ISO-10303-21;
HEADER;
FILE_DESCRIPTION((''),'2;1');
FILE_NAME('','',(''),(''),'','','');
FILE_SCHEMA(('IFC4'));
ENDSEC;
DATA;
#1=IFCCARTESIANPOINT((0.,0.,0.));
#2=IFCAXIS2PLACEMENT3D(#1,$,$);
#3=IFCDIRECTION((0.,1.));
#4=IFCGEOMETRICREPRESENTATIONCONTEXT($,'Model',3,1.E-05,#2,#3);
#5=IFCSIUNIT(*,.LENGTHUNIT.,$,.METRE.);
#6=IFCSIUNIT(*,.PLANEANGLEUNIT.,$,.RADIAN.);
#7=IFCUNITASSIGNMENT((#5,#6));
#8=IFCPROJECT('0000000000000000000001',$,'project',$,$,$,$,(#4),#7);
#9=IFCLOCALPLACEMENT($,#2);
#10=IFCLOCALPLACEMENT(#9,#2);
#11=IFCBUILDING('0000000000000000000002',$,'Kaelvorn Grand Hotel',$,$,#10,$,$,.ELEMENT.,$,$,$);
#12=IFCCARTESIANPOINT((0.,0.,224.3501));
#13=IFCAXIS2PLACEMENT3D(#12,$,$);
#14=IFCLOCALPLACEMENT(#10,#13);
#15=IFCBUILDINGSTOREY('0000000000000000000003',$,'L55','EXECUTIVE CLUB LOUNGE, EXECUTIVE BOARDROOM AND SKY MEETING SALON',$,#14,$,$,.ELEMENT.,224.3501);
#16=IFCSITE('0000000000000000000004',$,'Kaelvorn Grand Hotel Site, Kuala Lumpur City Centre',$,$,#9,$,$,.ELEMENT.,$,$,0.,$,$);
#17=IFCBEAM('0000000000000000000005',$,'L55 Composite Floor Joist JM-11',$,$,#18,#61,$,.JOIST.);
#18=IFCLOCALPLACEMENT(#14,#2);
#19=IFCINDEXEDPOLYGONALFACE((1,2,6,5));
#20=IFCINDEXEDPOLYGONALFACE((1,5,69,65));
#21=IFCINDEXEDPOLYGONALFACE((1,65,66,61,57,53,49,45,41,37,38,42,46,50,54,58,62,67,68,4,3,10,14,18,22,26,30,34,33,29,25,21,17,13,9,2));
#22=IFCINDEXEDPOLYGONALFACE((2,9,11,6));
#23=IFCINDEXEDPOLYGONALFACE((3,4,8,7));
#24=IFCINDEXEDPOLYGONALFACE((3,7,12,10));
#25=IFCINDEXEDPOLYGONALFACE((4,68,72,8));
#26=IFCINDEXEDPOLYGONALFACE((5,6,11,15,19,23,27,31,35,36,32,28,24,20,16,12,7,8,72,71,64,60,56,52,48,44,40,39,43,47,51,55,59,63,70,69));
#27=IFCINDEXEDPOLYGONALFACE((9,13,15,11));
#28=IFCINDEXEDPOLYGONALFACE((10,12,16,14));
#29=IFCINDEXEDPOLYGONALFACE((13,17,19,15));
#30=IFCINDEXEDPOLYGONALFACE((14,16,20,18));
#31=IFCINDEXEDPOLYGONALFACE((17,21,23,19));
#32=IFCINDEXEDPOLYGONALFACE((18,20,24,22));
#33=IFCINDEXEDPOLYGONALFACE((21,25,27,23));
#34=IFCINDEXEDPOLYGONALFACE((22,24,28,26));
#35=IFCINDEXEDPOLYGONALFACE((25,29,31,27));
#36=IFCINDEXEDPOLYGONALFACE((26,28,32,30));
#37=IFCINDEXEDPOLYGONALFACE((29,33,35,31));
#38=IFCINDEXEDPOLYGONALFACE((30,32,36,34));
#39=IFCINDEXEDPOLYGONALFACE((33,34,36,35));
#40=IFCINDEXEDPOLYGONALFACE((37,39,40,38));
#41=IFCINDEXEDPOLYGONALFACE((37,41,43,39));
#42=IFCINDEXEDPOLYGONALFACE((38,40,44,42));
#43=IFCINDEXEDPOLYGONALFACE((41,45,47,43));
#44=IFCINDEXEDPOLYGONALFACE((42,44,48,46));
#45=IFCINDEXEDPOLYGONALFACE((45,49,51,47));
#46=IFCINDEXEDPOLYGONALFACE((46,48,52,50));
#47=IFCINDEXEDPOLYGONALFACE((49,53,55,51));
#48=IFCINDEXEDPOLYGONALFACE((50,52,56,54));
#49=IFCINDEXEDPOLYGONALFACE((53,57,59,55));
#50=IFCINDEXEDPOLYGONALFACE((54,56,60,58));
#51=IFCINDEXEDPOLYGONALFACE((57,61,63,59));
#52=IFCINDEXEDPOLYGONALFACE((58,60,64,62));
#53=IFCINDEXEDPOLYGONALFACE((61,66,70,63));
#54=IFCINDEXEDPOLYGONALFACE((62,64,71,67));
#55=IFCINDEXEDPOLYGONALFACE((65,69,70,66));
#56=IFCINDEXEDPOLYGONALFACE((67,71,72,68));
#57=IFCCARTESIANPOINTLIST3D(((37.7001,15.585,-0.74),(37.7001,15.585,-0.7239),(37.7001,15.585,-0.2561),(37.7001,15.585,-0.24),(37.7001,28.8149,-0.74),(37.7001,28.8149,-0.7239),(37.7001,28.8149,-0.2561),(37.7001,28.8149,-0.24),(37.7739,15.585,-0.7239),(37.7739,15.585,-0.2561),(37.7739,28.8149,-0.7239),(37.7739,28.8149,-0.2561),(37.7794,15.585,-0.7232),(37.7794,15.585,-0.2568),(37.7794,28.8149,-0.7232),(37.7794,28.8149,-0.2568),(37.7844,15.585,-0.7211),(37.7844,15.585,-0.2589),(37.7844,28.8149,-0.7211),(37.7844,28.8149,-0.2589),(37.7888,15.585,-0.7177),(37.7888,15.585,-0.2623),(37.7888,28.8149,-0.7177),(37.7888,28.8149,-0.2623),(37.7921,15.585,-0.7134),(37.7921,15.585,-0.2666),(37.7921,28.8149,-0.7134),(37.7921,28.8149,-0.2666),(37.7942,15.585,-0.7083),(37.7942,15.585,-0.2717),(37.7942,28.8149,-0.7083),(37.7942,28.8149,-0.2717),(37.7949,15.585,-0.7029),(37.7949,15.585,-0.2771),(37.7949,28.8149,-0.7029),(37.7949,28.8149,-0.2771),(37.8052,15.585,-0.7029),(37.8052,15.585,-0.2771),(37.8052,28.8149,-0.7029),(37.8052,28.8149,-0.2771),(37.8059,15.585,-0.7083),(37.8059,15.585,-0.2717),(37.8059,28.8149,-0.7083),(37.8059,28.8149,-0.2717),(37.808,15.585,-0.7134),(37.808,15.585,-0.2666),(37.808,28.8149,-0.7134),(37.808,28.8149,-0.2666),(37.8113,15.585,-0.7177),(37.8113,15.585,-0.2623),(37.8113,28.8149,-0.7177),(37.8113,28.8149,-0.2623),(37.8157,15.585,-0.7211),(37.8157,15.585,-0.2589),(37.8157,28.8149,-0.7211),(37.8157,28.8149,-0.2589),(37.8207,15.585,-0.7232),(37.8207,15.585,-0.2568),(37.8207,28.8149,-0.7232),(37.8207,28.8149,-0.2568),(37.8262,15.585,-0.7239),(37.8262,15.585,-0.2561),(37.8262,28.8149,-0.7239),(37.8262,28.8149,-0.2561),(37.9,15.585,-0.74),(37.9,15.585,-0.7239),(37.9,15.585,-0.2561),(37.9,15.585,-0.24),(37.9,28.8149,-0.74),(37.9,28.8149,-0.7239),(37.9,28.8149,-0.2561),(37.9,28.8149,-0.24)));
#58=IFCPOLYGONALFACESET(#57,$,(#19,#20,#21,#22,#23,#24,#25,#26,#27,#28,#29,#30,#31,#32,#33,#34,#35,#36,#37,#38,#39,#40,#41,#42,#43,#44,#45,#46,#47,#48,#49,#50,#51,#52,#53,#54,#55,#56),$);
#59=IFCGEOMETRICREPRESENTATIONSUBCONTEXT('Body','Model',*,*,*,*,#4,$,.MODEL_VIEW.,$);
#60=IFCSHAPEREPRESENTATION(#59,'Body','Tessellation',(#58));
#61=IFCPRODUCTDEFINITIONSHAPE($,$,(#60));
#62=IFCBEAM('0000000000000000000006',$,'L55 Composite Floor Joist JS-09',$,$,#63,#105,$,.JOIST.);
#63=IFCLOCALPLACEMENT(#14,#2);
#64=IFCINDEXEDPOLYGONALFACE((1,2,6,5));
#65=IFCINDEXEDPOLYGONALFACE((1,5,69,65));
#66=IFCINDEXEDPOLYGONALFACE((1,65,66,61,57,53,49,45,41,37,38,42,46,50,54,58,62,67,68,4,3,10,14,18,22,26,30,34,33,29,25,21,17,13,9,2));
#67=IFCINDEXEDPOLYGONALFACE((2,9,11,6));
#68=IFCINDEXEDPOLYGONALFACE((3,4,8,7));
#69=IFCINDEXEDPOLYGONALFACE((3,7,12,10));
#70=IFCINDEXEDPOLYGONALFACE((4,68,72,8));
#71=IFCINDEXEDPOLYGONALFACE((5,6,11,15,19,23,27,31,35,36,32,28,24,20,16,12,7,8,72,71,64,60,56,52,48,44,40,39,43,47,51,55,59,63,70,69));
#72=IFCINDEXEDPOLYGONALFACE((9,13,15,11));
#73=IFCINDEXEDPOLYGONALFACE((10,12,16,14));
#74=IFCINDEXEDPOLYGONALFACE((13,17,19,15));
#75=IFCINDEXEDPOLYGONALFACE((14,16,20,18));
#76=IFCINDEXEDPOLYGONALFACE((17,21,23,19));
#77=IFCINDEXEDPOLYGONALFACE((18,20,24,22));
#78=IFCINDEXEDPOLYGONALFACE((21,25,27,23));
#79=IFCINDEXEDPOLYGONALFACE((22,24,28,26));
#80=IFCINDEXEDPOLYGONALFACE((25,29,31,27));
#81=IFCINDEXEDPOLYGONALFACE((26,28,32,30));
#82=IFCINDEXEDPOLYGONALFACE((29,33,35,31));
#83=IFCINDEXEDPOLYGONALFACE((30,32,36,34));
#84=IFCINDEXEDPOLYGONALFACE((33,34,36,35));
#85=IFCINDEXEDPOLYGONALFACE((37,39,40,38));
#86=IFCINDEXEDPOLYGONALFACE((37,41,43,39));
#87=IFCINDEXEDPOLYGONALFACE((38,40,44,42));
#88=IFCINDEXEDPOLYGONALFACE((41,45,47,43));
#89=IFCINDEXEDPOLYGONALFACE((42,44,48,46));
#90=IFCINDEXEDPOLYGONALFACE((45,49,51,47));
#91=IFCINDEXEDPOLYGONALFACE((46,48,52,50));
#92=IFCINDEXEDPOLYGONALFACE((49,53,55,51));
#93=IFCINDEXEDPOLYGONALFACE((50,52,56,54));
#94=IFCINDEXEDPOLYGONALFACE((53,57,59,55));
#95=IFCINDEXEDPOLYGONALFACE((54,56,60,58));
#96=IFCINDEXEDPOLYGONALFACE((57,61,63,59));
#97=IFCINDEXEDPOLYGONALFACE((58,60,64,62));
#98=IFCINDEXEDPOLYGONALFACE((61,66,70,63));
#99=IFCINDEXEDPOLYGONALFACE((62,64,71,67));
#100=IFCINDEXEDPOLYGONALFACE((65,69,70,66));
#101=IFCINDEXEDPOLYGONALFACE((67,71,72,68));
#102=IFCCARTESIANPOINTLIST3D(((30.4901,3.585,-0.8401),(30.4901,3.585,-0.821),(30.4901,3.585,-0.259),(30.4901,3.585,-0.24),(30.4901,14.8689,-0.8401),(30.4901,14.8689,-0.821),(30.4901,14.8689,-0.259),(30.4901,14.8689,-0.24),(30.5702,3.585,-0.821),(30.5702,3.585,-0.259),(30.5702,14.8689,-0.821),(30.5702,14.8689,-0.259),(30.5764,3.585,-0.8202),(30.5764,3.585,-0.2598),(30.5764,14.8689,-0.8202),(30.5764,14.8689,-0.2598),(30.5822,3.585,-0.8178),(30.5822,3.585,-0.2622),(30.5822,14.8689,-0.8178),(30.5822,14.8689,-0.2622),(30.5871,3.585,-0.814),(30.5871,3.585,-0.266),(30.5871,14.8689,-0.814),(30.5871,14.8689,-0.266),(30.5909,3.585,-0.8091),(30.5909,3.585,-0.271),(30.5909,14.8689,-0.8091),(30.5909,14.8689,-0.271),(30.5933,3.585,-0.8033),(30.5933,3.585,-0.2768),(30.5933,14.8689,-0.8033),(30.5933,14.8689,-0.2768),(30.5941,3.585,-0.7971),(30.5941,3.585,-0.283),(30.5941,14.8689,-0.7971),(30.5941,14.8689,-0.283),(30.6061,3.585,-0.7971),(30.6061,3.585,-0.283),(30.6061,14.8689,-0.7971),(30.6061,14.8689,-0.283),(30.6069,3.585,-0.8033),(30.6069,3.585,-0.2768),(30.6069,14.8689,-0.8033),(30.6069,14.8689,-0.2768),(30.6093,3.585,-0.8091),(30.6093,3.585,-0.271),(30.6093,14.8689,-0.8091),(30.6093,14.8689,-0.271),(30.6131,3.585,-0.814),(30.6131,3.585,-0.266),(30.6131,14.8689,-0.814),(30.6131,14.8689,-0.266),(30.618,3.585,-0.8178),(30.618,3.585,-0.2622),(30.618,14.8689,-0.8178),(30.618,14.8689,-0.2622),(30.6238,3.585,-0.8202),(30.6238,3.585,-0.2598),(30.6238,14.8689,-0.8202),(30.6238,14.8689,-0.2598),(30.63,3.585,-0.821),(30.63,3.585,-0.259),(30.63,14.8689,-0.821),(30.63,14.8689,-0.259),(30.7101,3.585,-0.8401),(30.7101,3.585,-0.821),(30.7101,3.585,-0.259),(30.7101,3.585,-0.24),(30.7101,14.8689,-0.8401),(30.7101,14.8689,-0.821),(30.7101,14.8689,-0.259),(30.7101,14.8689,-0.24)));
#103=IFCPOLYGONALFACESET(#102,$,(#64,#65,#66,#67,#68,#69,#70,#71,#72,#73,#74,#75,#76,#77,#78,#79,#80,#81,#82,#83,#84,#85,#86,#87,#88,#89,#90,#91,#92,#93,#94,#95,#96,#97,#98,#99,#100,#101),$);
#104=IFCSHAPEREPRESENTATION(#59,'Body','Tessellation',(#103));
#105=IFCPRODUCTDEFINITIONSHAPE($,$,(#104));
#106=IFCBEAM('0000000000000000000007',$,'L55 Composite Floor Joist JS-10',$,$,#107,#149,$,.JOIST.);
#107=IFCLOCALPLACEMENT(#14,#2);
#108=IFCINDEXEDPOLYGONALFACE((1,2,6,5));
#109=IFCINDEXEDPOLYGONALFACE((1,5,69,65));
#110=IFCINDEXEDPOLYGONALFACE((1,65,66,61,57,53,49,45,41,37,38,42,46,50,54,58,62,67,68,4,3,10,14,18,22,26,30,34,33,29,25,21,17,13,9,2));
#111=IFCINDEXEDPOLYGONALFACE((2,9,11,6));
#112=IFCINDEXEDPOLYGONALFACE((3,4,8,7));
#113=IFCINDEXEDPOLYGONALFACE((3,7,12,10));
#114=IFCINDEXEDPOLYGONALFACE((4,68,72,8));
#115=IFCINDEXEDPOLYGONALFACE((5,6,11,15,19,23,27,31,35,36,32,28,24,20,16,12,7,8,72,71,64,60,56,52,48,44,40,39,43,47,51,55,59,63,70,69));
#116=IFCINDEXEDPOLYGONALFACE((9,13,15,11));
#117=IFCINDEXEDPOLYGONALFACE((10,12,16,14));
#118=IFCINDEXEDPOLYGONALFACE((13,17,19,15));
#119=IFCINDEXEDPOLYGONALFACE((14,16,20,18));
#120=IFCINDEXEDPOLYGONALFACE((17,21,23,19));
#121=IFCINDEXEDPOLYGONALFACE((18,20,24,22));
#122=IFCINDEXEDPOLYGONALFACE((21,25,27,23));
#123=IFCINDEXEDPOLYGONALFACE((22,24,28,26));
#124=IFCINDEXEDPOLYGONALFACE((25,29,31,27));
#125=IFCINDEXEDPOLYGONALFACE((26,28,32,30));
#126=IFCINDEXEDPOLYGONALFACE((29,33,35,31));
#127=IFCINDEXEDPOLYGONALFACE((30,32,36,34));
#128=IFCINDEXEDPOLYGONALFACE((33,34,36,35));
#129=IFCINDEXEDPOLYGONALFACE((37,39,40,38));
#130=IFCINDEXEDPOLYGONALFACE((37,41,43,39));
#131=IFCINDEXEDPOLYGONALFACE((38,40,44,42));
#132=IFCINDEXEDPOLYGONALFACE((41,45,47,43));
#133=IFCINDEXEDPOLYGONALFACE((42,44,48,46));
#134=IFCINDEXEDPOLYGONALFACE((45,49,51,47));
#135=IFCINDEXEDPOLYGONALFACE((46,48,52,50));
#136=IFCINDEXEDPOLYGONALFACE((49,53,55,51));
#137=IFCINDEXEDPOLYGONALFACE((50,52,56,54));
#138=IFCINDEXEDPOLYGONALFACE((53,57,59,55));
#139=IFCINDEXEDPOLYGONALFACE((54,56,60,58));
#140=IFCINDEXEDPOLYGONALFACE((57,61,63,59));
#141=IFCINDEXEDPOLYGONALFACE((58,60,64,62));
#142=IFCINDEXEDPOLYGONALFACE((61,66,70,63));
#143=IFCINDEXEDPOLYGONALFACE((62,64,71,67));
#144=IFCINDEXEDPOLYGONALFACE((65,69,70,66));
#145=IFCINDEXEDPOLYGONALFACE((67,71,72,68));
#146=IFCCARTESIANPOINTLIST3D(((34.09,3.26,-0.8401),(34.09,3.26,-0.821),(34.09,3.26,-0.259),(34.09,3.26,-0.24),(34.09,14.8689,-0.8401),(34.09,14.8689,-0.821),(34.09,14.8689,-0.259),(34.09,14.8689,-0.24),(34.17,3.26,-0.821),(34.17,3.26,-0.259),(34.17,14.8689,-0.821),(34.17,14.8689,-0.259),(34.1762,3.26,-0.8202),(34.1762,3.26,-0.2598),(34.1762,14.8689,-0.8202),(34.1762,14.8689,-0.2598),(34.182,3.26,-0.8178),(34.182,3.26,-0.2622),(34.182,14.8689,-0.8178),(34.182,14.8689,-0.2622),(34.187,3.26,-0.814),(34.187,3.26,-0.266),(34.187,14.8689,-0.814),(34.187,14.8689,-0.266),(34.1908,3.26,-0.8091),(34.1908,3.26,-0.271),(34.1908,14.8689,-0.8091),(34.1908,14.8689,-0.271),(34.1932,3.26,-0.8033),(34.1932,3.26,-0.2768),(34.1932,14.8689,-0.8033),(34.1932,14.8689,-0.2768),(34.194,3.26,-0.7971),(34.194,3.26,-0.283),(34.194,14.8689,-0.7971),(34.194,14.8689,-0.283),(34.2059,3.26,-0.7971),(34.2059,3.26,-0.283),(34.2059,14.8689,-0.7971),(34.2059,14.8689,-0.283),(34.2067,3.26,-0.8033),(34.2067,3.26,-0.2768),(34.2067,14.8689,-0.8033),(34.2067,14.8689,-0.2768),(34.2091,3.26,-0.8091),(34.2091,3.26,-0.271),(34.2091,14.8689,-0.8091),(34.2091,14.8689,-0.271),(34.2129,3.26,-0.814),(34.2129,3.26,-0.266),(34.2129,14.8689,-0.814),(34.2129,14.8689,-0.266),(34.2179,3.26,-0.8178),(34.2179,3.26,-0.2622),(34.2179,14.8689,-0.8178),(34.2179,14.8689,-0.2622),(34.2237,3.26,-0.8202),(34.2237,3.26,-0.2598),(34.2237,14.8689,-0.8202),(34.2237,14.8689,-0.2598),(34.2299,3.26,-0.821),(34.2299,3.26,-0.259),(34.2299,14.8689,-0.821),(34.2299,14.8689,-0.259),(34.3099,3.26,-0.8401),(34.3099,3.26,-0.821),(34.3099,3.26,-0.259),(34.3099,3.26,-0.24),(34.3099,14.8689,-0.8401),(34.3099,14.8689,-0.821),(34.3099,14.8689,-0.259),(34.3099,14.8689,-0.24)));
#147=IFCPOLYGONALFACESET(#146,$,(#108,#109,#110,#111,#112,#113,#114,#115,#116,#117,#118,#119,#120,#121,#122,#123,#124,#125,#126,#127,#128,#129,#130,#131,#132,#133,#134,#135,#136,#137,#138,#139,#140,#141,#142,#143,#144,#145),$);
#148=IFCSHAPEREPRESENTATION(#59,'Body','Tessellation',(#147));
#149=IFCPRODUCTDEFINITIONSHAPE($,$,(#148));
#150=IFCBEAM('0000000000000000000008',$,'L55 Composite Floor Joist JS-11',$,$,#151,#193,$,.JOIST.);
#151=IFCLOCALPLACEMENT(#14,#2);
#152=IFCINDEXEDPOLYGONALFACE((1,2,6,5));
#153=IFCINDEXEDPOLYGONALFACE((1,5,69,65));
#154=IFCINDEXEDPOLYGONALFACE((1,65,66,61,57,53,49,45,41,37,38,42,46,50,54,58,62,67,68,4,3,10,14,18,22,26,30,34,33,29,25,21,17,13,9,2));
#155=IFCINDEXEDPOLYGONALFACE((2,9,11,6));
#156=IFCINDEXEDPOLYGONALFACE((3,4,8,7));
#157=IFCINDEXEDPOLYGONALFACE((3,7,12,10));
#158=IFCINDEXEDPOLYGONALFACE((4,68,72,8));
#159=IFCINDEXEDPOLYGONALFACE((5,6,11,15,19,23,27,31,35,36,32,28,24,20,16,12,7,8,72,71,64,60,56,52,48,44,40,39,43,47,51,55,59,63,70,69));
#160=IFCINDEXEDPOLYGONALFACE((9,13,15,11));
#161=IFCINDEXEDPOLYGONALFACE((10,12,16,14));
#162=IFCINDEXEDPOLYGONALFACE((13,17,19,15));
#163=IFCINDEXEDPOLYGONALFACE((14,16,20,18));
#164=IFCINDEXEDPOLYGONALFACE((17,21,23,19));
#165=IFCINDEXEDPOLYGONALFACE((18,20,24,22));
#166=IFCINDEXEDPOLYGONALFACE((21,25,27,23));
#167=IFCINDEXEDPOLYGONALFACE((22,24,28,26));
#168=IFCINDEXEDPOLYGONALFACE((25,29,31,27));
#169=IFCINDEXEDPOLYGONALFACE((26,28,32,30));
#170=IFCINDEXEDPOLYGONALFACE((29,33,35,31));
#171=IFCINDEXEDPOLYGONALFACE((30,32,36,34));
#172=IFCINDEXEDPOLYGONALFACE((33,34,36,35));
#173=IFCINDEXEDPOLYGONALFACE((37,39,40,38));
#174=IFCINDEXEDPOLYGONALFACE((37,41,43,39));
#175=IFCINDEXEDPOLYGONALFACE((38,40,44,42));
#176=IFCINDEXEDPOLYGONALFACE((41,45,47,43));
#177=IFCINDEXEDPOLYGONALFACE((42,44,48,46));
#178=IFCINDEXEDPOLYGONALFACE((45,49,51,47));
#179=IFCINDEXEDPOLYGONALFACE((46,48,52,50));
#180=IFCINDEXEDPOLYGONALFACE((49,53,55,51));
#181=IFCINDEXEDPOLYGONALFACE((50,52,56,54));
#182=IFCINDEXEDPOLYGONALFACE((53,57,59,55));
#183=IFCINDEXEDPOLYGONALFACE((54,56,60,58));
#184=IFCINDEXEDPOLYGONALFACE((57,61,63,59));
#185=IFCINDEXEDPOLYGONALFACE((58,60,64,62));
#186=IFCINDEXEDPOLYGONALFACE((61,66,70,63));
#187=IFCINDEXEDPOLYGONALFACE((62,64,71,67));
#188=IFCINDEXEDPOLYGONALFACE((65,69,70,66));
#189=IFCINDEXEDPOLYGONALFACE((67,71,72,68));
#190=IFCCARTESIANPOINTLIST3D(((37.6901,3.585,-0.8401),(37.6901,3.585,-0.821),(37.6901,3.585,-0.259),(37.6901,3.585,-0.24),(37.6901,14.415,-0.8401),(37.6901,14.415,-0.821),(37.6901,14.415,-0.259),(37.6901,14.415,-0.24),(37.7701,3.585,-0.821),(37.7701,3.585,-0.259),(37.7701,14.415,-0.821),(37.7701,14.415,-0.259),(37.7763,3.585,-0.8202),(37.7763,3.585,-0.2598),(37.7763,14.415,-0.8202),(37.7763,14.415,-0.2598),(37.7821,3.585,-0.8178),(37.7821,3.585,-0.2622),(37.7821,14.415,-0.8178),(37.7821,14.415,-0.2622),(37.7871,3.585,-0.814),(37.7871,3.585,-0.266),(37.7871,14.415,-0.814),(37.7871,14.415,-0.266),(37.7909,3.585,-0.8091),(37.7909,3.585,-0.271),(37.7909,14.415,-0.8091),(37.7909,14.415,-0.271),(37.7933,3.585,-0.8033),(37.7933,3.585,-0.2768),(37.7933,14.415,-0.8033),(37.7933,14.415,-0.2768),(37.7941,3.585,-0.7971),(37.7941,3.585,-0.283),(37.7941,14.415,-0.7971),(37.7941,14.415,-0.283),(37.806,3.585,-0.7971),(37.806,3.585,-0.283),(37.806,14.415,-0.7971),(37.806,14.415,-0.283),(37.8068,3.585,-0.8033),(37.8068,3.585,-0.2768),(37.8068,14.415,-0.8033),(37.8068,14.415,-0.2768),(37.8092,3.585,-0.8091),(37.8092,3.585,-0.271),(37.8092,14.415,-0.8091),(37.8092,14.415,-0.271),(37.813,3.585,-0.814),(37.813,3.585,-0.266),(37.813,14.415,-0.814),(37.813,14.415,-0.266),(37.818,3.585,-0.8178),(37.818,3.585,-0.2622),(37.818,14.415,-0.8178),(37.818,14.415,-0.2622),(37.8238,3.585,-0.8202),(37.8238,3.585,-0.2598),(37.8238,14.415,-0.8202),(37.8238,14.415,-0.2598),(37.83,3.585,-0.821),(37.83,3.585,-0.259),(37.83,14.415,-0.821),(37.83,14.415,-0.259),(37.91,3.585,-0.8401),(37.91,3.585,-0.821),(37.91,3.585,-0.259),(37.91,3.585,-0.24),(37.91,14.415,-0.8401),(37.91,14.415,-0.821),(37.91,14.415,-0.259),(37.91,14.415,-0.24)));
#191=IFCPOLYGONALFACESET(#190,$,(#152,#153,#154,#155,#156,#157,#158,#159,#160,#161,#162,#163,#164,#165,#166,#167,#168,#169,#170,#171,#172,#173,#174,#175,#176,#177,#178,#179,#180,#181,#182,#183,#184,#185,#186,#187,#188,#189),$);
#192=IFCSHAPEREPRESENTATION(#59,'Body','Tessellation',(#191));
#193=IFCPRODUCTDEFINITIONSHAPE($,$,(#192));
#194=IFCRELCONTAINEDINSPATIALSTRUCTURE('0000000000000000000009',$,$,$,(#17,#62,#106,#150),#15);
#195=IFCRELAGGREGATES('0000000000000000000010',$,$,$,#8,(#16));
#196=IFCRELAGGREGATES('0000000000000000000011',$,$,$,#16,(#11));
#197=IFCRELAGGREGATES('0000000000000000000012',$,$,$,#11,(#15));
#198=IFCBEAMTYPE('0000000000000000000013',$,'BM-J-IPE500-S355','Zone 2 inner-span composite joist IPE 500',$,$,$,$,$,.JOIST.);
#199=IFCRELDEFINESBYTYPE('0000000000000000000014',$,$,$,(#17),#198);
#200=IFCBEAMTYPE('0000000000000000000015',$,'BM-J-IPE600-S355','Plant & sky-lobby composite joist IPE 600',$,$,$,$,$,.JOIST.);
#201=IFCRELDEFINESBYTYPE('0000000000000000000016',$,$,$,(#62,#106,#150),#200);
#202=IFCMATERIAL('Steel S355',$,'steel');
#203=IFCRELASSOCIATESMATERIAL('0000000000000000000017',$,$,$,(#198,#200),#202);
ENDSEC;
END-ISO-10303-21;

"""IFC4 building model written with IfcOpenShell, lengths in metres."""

from ifc_helpers import new_model, si_unit, direction, frame, origin, origin_2d, place, context, subcontext, project, spatial, i_section, extrude, material, material_profile, profile_set, type_object, element, save


model = new_model("IFC4")

# Units and contexts
model_context = context("Model", 3, precision=1e-05, world=origin(), true_north=direction((0.0, 1.0)))
body_context = subcontext(model_context, "Body", "Model", "MODEL_VIEW")
ifc_project = project(units=[si_unit("LENGTHUNIT", "METRE"), si_unit("PLANEANGLEUNIT", "RADIAN")], contexts=[model_context])

# Site, building, storey
site_placement = place(None, origin())
site = spatial("IfcSite", under=ifc_project, at=site_placement, Name="Kaelvorn Grand Hotel Site, Kuala Lumpur City Centre", CompositionType="ELEMENT", RefElevation=0.0)
building_placement = place(site_placement, origin())
building = spatial("IfcBuilding", under=site, at=building_placement, Name="Kaelvorn Grand Hotel", CompositionType="ELEMENT")
storey_placement = place(building_placement, frame((0.0, 0.0, 224.3501)))
storey = spatial("IfcBuildingStorey", under=building, at=storey_placement, Name="L55", Description="EXECUTIVE CLUB LOUNGE, EXECUTIVE BOARDROOM AND SKY MEETING SALON", CompositionType="ELEMENT", Elevation=224.3501)

# Beams
ifc_material_1 = material(Name="Steel S355", Category="steel")
ifc_material_profile_1 = material_profile(ifc_material_1, i_section(OverallWidth=0.2, OverallDepth=0.5, WebThickness=0.0103, FlangeThickness=0.0161, FilletRadius=0.021, at=origin_2d()), Name="IPE 500")
ifc_profile_set_1 = profile_set([ifc_material_profile_1], Name="Steel S355")
beam_type_1 = type_object("IfcBeamType", Name="BM-J-IPE500-S355", Description="Zone 2 inner-span composite joist IPE 500", PredefinedType="JOIST", material=ifc_profile_set_1)
beam_1_placement = place(storey_placement, frame((37.8, 15.585, -0.49), z_axis=(0.0, 1.0, 0.0), x_axis=(-1.0, 0.0, 0.0)))
element("IfcBeam", 1, at=beam_1_placement, inside=storey, type_object=beam_type_1, Name="L55 Composite Floor Joist JM-11", PredefinedType="JOIST", context=body_context, shape_type="SweptSolid", body=[
    extrude(i_section(OverallWidth=0.2, OverallDepth=0.5, WebThickness=0.0103, FlangeThickness=0.0161, FilletRadius=0.021, at=origin_2d()), origin(), (0.0, 0.0, 1.0), 13.23),
])
ifc_material_profile_2 = material_profile(ifc_material_1, i_section(OverallWidth=0.22, OverallDepth=0.6001, WebThickness=0.012, FlangeThickness=0.019, FilletRadius=0.0239, at=origin_2d()), Name="IPE 600")
ifc_profile_set_2 = profile_set([ifc_material_profile_2], Name="Steel S355")
beam_type_2 = type_object("IfcBeamType", Name="BM-J-IPE600-S355", Description="Plant & sky-lobby composite joist IPE 600", PredefinedType="JOIST", material=ifc_profile_set_2)
beam_2_placement = place(storey_placement, frame((30.6001, 3.585, -0.54), z_axis=(0.0, 1.0, 0.0), x_axis=(-1.0, 0.0, 0.0)))
element("IfcBeam", 2, at=beam_2_placement, inside=storey, type_object=beam_type_2, Name="L55 Composite Floor Joist JS-09", PredefinedType="JOIST", context=body_context, shape_type="SweptSolid", body=[
    extrude(i_section(OverallWidth=0.22, OverallDepth=0.6001, WebThickness=0.012, FlangeThickness=0.019, FilletRadius=0.0239, at=origin_2d()), origin(), (0.0, 0.0, 1.0), 11.2839),
])
beam_3_placement = place(storey_placement, frame((34.2, 3.26, -0.54), z_axis=(0.0, 1.0, 0.0), x_axis=(-1.0, 0.0, 0.0)))
element("IfcBeam", 3, at=beam_3_placement, inside=storey, type_object=beam_type_2, Name="L55 Composite Floor Joist JS-10", PredefinedType="JOIST", context=body_context, shape_type="SweptSolid", body=[
    extrude(i_section(OverallWidth=0.22, OverallDepth=0.6001, WebThickness=0.012, FlangeThickness=0.019, FilletRadius=0.0239, at=origin_2d()), origin(), (0.0, 0.0, 1.0), 11.6089),
])
beam_4_placement = place(storey_placement, frame((37.8, 3.585, -0.54), z_axis=(0.0, 1.0, 0.0), x_axis=(-1.0, 0.0, 0.0)))
element("IfcBeam", 4, at=beam_4_placement, inside=storey, type_object=beam_type_2, Name="L55 Composite Floor Joist JS-11", PredefinedType="JOIST", context=body_context, shape_type="SweptSolid", body=[
    extrude(i_section(OverallWidth=0.22, OverallDepth=0.6001, WebThickness=0.012, FlangeThickness=0.019, FilletRadius=0.0239, at=origin_2d()), origin(), (0.0, 0.0, 1.0), 10.8301),
])

save(model, "model.ifc")
